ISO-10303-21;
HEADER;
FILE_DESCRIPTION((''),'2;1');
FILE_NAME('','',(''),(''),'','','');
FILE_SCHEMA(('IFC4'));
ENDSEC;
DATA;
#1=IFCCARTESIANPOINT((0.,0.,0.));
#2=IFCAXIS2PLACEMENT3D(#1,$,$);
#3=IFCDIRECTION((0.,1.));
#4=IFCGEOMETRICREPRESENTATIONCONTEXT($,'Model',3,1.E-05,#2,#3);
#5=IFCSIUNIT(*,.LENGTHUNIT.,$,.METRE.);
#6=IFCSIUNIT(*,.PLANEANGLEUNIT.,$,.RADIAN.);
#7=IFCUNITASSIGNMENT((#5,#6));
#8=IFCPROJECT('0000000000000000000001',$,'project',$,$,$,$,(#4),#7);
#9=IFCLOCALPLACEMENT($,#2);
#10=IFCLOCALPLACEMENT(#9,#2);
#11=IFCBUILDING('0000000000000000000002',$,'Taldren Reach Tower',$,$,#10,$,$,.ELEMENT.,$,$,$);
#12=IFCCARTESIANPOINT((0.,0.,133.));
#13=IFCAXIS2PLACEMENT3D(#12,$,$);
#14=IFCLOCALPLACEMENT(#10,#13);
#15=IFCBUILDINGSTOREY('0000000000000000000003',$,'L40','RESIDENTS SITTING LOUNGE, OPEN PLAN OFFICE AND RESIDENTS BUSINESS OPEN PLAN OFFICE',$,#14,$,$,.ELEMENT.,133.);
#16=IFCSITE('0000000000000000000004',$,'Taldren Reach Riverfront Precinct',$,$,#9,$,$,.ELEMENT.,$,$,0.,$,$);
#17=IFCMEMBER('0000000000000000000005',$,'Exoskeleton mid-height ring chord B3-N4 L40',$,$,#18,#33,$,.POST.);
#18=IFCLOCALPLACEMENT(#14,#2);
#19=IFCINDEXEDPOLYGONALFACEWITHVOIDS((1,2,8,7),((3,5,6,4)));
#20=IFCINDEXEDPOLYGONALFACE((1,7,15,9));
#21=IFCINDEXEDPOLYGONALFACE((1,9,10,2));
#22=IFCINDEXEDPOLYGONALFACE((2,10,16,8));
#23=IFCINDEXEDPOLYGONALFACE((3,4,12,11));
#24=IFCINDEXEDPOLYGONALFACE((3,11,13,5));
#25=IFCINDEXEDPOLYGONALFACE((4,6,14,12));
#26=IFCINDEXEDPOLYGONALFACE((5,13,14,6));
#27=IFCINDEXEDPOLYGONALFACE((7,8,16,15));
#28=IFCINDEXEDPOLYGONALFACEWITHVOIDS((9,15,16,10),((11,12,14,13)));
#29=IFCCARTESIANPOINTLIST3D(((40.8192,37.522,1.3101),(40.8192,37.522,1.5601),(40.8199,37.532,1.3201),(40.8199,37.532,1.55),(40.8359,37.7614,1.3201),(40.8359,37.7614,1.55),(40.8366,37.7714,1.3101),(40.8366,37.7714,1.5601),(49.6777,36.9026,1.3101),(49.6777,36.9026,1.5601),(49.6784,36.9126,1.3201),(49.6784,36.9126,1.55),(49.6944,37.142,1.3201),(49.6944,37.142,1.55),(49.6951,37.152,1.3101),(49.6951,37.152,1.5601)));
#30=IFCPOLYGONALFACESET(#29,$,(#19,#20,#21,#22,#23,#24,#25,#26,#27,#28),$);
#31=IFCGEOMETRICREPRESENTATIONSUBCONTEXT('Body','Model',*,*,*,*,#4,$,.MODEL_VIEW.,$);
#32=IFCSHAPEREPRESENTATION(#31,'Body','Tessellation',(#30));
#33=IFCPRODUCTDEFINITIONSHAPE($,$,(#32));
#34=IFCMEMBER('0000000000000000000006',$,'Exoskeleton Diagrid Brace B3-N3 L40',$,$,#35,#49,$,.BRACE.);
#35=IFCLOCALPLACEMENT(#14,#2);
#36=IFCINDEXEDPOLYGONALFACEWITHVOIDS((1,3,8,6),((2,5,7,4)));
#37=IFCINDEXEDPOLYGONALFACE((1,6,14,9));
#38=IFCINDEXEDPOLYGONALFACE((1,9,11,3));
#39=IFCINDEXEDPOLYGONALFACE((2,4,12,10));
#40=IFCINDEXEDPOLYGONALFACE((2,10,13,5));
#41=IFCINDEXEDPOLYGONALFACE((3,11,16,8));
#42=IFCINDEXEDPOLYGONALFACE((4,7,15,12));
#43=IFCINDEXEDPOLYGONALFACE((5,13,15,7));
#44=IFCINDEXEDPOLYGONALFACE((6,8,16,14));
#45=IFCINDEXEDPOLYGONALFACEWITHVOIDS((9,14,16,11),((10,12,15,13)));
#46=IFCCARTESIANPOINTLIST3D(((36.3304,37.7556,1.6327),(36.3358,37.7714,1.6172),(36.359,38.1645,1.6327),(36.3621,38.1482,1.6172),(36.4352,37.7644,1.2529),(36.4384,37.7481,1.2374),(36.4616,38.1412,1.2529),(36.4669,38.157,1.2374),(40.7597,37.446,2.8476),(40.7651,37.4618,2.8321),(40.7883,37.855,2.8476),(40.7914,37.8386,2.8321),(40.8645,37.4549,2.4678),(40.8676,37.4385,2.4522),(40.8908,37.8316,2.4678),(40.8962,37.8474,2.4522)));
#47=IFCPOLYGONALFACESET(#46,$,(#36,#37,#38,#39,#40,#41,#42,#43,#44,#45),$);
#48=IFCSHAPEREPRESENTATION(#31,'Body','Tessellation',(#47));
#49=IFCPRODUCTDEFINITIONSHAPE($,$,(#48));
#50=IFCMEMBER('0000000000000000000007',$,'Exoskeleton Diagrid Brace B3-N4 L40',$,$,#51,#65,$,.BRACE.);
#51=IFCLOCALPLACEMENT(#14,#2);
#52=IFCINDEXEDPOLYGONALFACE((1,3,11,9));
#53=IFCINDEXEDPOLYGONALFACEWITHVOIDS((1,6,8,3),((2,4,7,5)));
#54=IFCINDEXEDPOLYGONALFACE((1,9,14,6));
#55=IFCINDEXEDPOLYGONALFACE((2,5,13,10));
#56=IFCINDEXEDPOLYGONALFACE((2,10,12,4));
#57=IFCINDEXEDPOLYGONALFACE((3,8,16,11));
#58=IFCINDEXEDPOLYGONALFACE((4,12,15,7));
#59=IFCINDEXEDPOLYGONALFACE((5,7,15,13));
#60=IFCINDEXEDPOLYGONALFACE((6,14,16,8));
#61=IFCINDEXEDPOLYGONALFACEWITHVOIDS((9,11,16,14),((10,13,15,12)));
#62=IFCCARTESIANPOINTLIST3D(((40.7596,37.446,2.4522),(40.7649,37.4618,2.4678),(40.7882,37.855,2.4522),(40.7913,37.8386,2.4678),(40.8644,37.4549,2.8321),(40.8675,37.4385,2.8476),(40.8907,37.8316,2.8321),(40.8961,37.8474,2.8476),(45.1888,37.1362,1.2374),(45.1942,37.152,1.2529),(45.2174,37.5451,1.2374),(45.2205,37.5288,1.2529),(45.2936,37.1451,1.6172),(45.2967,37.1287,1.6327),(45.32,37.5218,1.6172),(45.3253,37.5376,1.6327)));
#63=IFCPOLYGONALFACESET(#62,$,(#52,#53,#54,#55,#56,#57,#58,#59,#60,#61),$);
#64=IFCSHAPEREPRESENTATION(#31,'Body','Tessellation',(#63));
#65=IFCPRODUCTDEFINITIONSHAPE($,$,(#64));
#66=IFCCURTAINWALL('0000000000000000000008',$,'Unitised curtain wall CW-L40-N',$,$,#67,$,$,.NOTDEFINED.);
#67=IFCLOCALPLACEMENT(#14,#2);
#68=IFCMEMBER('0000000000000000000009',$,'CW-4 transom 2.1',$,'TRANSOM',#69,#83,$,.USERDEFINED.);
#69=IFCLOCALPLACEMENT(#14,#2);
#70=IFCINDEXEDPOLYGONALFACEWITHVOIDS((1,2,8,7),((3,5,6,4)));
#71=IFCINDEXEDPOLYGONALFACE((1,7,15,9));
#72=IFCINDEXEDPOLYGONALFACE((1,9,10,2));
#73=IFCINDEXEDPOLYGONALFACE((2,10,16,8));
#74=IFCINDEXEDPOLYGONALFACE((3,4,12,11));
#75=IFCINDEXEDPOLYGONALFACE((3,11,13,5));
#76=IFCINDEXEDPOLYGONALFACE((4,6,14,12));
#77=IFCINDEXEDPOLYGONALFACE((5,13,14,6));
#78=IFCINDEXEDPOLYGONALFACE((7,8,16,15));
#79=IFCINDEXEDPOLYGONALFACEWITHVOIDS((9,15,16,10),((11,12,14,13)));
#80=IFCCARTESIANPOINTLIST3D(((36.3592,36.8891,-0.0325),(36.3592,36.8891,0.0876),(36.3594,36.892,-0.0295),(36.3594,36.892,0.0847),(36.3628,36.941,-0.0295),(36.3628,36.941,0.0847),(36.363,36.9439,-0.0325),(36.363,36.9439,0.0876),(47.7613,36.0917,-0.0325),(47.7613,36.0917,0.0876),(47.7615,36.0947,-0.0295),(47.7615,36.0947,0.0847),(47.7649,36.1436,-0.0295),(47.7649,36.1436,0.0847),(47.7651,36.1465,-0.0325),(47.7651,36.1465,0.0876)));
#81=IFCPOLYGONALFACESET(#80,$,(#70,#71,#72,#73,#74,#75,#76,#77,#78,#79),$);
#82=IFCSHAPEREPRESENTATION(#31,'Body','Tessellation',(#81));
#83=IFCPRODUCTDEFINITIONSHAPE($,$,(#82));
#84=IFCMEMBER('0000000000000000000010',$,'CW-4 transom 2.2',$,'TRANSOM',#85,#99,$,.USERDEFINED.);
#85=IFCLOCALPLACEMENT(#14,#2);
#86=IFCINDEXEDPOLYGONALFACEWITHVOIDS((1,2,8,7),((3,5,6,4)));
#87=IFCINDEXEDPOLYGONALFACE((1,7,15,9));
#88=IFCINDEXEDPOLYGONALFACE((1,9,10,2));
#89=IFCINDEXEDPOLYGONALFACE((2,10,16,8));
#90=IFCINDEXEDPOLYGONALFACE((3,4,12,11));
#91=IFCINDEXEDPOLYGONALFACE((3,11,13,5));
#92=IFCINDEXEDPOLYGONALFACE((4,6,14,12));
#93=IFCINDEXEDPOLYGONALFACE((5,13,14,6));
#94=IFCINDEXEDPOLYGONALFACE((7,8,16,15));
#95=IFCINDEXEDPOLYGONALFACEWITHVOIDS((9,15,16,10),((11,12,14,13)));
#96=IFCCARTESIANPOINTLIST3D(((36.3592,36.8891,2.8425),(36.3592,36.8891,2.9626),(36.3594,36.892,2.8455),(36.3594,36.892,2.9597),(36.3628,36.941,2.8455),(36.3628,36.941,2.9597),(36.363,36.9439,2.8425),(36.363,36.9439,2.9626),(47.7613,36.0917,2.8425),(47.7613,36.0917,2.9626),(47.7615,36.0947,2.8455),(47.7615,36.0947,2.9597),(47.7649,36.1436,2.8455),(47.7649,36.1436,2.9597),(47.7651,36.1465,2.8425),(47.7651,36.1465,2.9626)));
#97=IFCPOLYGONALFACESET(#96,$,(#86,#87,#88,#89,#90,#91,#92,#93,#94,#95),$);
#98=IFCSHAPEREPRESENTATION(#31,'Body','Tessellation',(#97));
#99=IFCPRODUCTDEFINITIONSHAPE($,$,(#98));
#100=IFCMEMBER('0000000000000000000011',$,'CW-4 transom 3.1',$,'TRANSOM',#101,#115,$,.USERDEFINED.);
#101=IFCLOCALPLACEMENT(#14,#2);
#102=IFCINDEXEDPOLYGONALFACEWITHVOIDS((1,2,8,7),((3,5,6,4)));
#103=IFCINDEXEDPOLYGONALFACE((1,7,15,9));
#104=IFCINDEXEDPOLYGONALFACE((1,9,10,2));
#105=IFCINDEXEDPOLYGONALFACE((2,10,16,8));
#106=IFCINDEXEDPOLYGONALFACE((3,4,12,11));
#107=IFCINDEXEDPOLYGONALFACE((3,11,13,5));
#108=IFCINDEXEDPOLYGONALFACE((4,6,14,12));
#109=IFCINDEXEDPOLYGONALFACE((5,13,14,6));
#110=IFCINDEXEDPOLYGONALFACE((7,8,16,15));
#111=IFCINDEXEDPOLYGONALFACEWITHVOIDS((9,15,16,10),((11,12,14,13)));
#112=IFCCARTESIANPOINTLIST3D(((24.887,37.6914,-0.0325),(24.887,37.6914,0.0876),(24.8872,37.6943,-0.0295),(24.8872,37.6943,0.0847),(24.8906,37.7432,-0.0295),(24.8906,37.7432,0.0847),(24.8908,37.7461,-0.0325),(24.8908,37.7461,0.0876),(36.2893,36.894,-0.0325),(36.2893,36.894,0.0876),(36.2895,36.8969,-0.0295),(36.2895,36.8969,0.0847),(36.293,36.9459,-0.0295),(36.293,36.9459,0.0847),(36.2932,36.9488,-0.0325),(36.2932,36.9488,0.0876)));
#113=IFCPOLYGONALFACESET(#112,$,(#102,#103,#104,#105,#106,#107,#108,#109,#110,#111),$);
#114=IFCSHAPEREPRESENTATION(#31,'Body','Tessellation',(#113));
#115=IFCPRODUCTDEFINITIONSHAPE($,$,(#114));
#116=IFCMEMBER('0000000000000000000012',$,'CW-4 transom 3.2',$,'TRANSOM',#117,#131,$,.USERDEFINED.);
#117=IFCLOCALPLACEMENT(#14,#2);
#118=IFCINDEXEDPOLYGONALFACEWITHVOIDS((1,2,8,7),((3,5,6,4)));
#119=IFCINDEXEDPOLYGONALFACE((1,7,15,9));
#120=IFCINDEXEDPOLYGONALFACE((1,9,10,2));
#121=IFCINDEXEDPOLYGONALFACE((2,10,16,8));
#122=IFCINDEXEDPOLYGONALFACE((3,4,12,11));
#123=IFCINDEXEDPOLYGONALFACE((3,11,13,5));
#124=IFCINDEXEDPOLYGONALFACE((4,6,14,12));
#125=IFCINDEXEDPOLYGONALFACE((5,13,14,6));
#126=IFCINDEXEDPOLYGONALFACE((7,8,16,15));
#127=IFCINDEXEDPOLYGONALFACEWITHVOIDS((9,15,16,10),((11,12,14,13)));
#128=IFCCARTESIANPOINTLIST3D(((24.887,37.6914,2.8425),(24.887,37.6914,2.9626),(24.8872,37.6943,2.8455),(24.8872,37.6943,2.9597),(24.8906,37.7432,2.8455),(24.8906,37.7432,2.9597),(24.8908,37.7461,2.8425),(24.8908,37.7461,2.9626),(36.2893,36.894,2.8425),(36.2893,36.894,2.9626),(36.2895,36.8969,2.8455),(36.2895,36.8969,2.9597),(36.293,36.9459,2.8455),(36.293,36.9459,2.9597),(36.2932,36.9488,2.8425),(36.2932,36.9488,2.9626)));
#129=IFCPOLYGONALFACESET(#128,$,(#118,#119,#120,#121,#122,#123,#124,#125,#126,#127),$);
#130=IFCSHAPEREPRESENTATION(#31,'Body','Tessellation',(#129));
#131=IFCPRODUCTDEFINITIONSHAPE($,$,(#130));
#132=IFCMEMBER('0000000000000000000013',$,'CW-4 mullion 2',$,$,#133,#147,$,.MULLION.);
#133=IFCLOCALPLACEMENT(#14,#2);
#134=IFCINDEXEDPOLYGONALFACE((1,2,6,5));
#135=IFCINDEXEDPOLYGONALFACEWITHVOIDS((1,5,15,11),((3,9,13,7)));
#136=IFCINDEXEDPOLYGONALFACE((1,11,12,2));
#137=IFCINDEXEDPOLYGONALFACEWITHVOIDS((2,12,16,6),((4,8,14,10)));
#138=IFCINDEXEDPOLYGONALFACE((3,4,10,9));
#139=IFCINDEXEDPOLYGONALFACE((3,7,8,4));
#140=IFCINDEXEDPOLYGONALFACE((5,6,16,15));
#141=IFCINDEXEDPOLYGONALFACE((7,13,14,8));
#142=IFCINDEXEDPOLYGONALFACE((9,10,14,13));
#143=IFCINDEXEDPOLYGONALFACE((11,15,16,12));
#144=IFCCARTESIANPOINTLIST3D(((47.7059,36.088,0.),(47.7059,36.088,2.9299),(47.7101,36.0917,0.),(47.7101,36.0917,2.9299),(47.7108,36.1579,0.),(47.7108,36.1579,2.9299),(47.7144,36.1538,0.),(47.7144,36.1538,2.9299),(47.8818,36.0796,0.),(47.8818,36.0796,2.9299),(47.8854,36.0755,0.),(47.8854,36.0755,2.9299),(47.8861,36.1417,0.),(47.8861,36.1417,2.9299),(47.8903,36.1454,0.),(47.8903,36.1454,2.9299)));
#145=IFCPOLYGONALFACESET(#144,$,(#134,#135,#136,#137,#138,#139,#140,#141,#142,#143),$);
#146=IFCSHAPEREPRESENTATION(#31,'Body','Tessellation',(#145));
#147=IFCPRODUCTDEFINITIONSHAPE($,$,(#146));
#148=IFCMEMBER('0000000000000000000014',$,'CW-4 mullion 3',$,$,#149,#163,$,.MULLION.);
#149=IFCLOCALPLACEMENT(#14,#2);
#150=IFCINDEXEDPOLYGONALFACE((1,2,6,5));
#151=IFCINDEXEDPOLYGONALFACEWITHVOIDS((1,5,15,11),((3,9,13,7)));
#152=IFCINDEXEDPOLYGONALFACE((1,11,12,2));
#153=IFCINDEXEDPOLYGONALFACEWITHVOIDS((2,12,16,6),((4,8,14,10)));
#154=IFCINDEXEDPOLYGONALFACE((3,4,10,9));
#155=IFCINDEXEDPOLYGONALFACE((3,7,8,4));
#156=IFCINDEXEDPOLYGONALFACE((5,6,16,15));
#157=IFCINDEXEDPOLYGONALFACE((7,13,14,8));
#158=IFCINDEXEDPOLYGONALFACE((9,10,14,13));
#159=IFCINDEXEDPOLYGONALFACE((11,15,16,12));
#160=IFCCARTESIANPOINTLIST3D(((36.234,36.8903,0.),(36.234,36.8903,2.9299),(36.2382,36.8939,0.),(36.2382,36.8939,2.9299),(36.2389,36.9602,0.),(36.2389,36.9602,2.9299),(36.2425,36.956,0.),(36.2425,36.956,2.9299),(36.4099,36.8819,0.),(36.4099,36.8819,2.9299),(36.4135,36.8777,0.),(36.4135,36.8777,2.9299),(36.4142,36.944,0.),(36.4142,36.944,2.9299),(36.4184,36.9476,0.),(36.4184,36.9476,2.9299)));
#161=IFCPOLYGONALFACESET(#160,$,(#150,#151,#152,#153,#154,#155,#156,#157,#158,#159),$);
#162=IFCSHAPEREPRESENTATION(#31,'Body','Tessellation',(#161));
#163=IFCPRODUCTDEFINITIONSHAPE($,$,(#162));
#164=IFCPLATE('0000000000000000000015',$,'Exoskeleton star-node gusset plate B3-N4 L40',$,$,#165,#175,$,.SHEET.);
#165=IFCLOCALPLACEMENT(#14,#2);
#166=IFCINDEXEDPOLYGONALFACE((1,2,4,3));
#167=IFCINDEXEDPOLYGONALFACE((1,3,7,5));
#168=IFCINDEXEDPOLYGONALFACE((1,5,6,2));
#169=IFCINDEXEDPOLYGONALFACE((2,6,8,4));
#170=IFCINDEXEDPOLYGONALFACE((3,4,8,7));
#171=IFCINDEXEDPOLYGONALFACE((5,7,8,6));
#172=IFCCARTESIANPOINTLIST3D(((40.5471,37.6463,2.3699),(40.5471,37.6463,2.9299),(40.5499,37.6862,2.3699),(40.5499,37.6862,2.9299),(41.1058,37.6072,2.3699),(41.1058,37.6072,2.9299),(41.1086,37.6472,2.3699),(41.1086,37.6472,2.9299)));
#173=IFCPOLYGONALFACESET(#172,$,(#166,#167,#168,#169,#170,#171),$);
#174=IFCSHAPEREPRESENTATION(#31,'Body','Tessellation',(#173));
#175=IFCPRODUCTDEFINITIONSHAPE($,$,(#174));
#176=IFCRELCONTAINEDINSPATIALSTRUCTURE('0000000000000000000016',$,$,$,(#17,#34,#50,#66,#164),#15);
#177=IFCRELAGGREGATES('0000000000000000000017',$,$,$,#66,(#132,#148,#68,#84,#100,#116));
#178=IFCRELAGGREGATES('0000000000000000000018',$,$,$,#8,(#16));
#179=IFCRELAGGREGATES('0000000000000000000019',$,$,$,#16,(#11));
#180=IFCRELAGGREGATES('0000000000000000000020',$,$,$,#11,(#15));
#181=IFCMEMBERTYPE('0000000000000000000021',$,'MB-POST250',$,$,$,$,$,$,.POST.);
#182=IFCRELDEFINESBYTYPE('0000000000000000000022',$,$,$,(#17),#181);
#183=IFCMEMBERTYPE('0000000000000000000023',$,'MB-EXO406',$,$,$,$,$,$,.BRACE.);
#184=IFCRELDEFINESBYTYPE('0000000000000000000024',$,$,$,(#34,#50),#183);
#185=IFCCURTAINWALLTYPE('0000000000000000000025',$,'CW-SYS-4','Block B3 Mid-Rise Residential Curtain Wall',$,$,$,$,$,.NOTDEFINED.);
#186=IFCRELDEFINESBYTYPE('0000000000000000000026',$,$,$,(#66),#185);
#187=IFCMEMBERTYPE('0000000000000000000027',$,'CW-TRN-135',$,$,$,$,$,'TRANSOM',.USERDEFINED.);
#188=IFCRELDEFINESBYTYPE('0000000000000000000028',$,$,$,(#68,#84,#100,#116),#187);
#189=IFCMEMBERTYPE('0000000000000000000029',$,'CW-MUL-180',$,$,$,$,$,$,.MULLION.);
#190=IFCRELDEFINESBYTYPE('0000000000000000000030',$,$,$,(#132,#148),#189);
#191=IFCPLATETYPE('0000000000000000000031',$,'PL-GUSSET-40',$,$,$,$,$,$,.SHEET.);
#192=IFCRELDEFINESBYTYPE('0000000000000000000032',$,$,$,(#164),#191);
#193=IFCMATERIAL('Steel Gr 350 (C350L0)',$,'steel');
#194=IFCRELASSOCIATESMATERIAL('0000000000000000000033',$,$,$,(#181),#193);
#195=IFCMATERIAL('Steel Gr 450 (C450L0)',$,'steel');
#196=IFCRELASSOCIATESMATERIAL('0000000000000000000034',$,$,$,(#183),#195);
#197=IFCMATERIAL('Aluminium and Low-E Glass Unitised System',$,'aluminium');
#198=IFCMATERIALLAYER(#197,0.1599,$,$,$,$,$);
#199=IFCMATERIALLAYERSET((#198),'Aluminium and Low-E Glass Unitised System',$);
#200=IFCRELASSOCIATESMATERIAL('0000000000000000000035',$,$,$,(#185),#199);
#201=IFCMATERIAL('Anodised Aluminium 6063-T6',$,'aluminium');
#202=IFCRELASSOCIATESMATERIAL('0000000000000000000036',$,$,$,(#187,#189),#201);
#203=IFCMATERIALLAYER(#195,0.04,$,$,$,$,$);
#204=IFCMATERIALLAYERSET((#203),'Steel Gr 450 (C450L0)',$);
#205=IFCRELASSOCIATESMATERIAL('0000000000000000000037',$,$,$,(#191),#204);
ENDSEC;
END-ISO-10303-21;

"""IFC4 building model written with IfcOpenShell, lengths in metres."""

from ifc_helpers import new_model, si_unit, direction, frame, origin, origin_2d, place, context, subcontext, project, spatial, rectangle, hollow_rectangle, extrude, source, transform, mapped, material, layer, layer_set, material_profile, profile_set, type_object, element, aggregate, save


model = new_model("IFC4")

# Units and contexts
model_context = context("Model", 3, precision=1e-05, world=origin(), true_north=direction((0.0, 1.0)))
body_context = subcontext(model_context, "Body", "Model", "MODEL_VIEW")
ifc_project = project(units=[si_unit("LENGTHUNIT", "METRE"), si_unit("PLANEANGLEUNIT", "RADIAN")], contexts=[model_context])

# Site, building, storey
site_placement = place(None, origin())
site = spatial("IfcSite", under=ifc_project, at=site_placement, Name="Taldren Reach Riverfront Precinct", CompositionType="ELEMENT", RefElevation=0.0)
building_placement = place(site_placement, origin())
building = spatial("IfcBuilding", under=site, at=building_placement, Name="Taldren Reach Tower", CompositionType="ELEMENT")
storey_placement = place(building_placement, frame((0.0, 0.0, 133.0)))
storey = spatial("IfcBuildingStorey", under=building, at=storey_placement, Name="L40", Description="RESIDENTS SITTING LOUNGE, OPEN PLAN OFFICE AND RESIDENTS BUSINESS OPEN PLAN OFFICE", CompositionType="ELEMENT", Elevation=133.0)

# Shared definitions
ifc_material_1 = material(Name="Steel Gr 450 (C450L0)", Category="steel")

# Shared definitions
ifc_material_2 = material(Name="Steel Gr 350 (C350L0)", Category="steel")
ifc_material_profile_1 = material_profile(ifc_material_2, hollow_rectangle(XDim=0.25, YDim=0.25, WallThickness=0.01, at=origin_2d()), Name="250x250x10.0SHS")
ifc_profile_set_1 = profile_set([ifc_material_profile_1], Name="Steel Gr 350 (C350L0)")
member_type_1 = type_object("IfcMemberType", Name="MB-POST250", PredefinedType="POST", material=ifc_profile_set_1)

# Members
shared_shape_1 = source(origin(), body_context, "Body", "SweptSolid", [
    extrude(hollow_rectangle(XDim=0.25, YDim=0.25, WallThickness=0.01, at=origin_2d()), origin(), (0.0, 0.0, 1.0), 8.8801),
])
member_1_placement = place(storey_placement, frame((40.8279, 37.6467, 1.4351), z_axis=(0.997564, -0.06975, 0.0), x_axis=(0.06975, 0.997564, 0.0)))
element("IfcMember", 1, at=member_1_placement, inside=storey, type_object=member_type_1, Name="Exoskeleton mid-height ring chord B3-N4 L40", PredefinedType="POST", context=body_context, shape_type="MappedRepresentation", body=[
    mapped(shared_shape_1, transform((0.0, 0.0, 0.0), scale=1.0)),
])
ifc_material_profile_2 = material_profile(ifc_material_1, hollow_rectangle(XDim=0.4099, YDim=0.4099, WallThickness=0.0161, at=origin_2d()), Name="410x410x16.0SHS")
ifc_profile_set_2 = profile_set([ifc_material_profile_2], Name="Steel Gr 450 (C450L0)")
member_type_2 = type_object("IfcMemberType", Name="MB-EXO406", PredefinedType="BRACE", material=ifc_profile_set_2)
shared_shape_2 = source(origin(), body_context, "Body", "SweptSolid", [
    extrude(hollow_rectangle(XDim=0.4099, YDim=0.4099, WallThickness=0.0161, at=origin_2d()), origin(), (0.0, 0.0, 1.0), 4.6033),
])
for number, where, z_axis, x_axis, name in (
    (2, (36.3987, 37.9563, 1.4351), (0.962199, -0.067251, 0.263913), (0.069723, 0.997566, 0.0), "Exoskeleton Diagrid Brace B3-N3 L40"),
    (3, (45.2571, 37.3369, 1.4351), (-0.962196, 0.067304, 0.263912), (-0.069778, -0.997563, 0.0), "Exoskeleton Diagrid Brace B3-N4 L40"),
):
    element("IfcMember", number, at=place(storey_placement, frame(where, z_axis=z_axis, x_axis=x_axis)), inside=storey, type_object=member_type_2, Name=name, PredefinedType="BRACE", context=body_context, shape_type="MappedRepresentation", body=[
        mapped(shared_shape_2, transform((0.0, 0.0, 0.0), scale=1.0)),
    ])

# Curtain wall, members
ifc_material_3 = material(Name="Aluminium and Low-E Glass Unitised System", Category="aluminium")
ifc_layer_1 = layer(ifc_material_3, 0.1599)
ifc_layer_set_1 = layer_set([ifc_layer_1], Name="Aluminium and Low-E Glass Unitised System")
curtain_wall_type = type_object("IfcCurtainWallType", Name="CW-SYS-4", Description="Block B3 Mid-Rise Residential Curtain Wall", PredefinedType="NOTDEFINED", material=ifc_layer_set_1)
curtain_wall_placement = place(storey_placement, origin())
curtain_wall = element("IfcCurtainWall", 4, at=curtain_wall_placement, inside=storey, type_object=curtain_wall_type, Name="Unitised curtain wall CW-L40-N", PredefinedType="NOTDEFINED")
ifc_material_4 = material(Name="Anodised Aluminium 6063-T6", Category="aluminium")
ifc_material_profile_3 = material_profile(ifc_material_4, hollow_rectangle(XDim=0.0549, YDim=0.1201, WallThickness=0.0029, at=origin_2d()), Name="ALU-120x55x3RHS")
ifc_profile_set_3 = profile_set([ifc_material_profile_3], Name="Anodised Aluminium 6063-T6")
member_type_3 = type_object("IfcMemberType", Name="CW-TRN-135", ElementType="TRANSOM", PredefinedType="USERDEFINED", material=ifc_profile_set_3)
shared_shape_3 = source(origin(), body_context, "Body", "SweptSolid", [
    extrude(hollow_rectangle(XDim=0.0549, YDim=0.1201, WallThickness=0.0029, at=origin_2d()), origin(), (0.0, 0.0, 1.0), 11.4299),
])
member_2_placement = place(storey_placement, frame((47.7632, 36.1191, 0.0276), z_axis=(-0.997564, 0.069761, 0.0), x_axis=(-0.069761, -0.997564, 0.0)))
member_2 = element("IfcMember", 5, at=member_2_placement, type_object=member_type_3, Name="CW-4 transom 2.1", ObjectType="TRANSOM", PredefinedType="USERDEFINED", context=body_context, shape_type="MappedRepresentation", body=[
    mapped(shared_shape_3, transform((0.0, 0.0, 0.0), scale=1.0)),
])
member_3_placement = place(storey_placement, frame((47.7632, 36.1191, 2.9026), z_axis=(-0.997564, 0.069761, 0.0), x_axis=(-0.069761, -0.997564, 0.0)))
member_3 = element("IfcMember", 6, at=member_3_placement, type_object=member_type_3, Name="CW-4 transom 2.2", ObjectType="TRANSOM", PredefinedType="USERDEFINED", context=body_context, shape_type="MappedRepresentation", body=[
    mapped(shared_shape_3, transform((0.0, 0.0, 0.0), scale=1.0)),
])
shared_shape_4 = source(origin(), body_context, "Body", "SweptSolid", [
    extrude(hollow_rectangle(XDim=0.0549, YDim=0.1201, WallThickness=0.0029, at=origin_2d()), origin(), (0.0, 0.0, 1.0), 11.4302),
])
member_4_placement = place(storey_placement, frame((36.2913, 36.9214, 0.0276), z_axis=(-0.997564, 0.069759, 0.0), x_axis=(-0.069759, -0.997564, 0.0)))
member_4 = element("IfcMember", 7, at=member_4_placement, type_object=member_type_3, Name="CW-4 transom 3.1", ObjectType="TRANSOM", PredefinedType="USERDEFINED", context=body_context, shape_type="MappedRepresentation", body=[
    mapped(shared_shape_4, transform((0.0, 0.0, 0.0), scale=1.0)),
])
member_5_placement = place(storey_placement, frame((36.2913, 36.9214, 2.9026), z_axis=(-0.997564, 0.069759, 0.0), x_axis=(-0.069759, -0.997564, 0.0)))
member_5 = element("IfcMember", 8, at=member_5_placement, type_object=member_type_3, Name="CW-4 transom 3.2", ObjectType="TRANSOM", PredefinedType="USERDEFINED", context=body_context, shape_type="MappedRepresentation", body=[
    mapped(shared_shape_4, transform((0.0, 0.0, 0.0), scale=1.0)),
])
ifc_material_profile_4 = material_profile(ifc_material_4, hollow_rectangle(XDim=0.0701, YDim=0.1799, WallThickness=0.0039, at=origin_2d()), Name="ALU-180x70x4RHS")
ifc_profile_set_4 = profile_set([ifc_material_profile_4], Name="Anodised Aluminium 6063-T6")
member_type_4 = type_object("IfcMemberType", Name="CW-MUL-180", PredefinedType="MULLION", material=ifc_profile_set_4)
shared_shape_5 = source(origin(), body_context, "Body", "SweptSolid", [
    extrude(hollow_rectangle(XDim=0.0701, YDim=0.1799, WallThickness=0.0039, at=origin_2d()), origin(), (0.0, 0.0, 1.0), 2.9299),
])
member_6_placement = place(storey_placement, frame((47.7981, 36.1167, 0.0), z_axis=(0.0, 0.0, 1.0), x_axis=(-0.069757, -0.997564, 0.0)))
member_6 = element("IfcMember", 9, at=member_6_placement, type_object=member_type_4, Name="CW-4 mullion 2", PredefinedType="MULLION", context=body_context, shape_type="MappedRepresentation", body=[
    mapped(shared_shape_5, transform((0.0, 0.0, 0.0), scale=1.0)),
])
member_7_placement = place(storey_placement, frame((36.3262, 36.9189, 0.0), z_axis=(0.0, 0.0, 1.0), x_axis=(-0.069757, -0.997564, 0.0)))
member_7 = element("IfcMember", 10, at=member_7_placement, type_object=member_type_4, Name="CW-4 mullion 3", PredefinedType="MULLION", context=body_context, shape_type="MappedRepresentation", body=[
    mapped(shared_shape_5, transform((0.0, 0.0, 0.0), scale=1.0)),
])

# Plate
ifc_layer_2 = layer(ifc_material_1, 0.04)
ifc_layer_set_2 = layer_set([ifc_layer_2], Name="Steel Gr 450 (C450L0)")
plate_type_1 = type_object("IfcPlateType", Name="PL-GUSSET-40", PredefinedType="SHEET", material=ifc_layer_set_2)
shared_shape_6 = source(origin(), body_context, "Body", "SweptSolid", [
    extrude(rectangle(XDim=0.5601, YDim=0.04, at=origin_2d()), origin(), (0.0, 0.0, 1.0), 0.5601),
])
plate_1_placement = place(storey_placement, frame((40.8279, 37.6467, 2.3699), z_axis=(0.0, 0.0, 1.0), x_axis=(0.997564, -0.069756, 0.0)))
element("IfcPlate", 11, at=plate_1_placement, inside=storey, type_object=plate_type_1, Name="Exoskeleton star-node gusset plate B3-N4 L40", PredefinedType="SHEET", context=body_context, shape_type="MappedRepresentation", body=[
    mapped(shared_shape_6, transform((0.0, 0.0, 0.0), scale=1.0)),
])

aggregate(curtain_wall, [member_6, member_7, member_2, member_3, member_4, member_5])

save(model, "model.ifc")
